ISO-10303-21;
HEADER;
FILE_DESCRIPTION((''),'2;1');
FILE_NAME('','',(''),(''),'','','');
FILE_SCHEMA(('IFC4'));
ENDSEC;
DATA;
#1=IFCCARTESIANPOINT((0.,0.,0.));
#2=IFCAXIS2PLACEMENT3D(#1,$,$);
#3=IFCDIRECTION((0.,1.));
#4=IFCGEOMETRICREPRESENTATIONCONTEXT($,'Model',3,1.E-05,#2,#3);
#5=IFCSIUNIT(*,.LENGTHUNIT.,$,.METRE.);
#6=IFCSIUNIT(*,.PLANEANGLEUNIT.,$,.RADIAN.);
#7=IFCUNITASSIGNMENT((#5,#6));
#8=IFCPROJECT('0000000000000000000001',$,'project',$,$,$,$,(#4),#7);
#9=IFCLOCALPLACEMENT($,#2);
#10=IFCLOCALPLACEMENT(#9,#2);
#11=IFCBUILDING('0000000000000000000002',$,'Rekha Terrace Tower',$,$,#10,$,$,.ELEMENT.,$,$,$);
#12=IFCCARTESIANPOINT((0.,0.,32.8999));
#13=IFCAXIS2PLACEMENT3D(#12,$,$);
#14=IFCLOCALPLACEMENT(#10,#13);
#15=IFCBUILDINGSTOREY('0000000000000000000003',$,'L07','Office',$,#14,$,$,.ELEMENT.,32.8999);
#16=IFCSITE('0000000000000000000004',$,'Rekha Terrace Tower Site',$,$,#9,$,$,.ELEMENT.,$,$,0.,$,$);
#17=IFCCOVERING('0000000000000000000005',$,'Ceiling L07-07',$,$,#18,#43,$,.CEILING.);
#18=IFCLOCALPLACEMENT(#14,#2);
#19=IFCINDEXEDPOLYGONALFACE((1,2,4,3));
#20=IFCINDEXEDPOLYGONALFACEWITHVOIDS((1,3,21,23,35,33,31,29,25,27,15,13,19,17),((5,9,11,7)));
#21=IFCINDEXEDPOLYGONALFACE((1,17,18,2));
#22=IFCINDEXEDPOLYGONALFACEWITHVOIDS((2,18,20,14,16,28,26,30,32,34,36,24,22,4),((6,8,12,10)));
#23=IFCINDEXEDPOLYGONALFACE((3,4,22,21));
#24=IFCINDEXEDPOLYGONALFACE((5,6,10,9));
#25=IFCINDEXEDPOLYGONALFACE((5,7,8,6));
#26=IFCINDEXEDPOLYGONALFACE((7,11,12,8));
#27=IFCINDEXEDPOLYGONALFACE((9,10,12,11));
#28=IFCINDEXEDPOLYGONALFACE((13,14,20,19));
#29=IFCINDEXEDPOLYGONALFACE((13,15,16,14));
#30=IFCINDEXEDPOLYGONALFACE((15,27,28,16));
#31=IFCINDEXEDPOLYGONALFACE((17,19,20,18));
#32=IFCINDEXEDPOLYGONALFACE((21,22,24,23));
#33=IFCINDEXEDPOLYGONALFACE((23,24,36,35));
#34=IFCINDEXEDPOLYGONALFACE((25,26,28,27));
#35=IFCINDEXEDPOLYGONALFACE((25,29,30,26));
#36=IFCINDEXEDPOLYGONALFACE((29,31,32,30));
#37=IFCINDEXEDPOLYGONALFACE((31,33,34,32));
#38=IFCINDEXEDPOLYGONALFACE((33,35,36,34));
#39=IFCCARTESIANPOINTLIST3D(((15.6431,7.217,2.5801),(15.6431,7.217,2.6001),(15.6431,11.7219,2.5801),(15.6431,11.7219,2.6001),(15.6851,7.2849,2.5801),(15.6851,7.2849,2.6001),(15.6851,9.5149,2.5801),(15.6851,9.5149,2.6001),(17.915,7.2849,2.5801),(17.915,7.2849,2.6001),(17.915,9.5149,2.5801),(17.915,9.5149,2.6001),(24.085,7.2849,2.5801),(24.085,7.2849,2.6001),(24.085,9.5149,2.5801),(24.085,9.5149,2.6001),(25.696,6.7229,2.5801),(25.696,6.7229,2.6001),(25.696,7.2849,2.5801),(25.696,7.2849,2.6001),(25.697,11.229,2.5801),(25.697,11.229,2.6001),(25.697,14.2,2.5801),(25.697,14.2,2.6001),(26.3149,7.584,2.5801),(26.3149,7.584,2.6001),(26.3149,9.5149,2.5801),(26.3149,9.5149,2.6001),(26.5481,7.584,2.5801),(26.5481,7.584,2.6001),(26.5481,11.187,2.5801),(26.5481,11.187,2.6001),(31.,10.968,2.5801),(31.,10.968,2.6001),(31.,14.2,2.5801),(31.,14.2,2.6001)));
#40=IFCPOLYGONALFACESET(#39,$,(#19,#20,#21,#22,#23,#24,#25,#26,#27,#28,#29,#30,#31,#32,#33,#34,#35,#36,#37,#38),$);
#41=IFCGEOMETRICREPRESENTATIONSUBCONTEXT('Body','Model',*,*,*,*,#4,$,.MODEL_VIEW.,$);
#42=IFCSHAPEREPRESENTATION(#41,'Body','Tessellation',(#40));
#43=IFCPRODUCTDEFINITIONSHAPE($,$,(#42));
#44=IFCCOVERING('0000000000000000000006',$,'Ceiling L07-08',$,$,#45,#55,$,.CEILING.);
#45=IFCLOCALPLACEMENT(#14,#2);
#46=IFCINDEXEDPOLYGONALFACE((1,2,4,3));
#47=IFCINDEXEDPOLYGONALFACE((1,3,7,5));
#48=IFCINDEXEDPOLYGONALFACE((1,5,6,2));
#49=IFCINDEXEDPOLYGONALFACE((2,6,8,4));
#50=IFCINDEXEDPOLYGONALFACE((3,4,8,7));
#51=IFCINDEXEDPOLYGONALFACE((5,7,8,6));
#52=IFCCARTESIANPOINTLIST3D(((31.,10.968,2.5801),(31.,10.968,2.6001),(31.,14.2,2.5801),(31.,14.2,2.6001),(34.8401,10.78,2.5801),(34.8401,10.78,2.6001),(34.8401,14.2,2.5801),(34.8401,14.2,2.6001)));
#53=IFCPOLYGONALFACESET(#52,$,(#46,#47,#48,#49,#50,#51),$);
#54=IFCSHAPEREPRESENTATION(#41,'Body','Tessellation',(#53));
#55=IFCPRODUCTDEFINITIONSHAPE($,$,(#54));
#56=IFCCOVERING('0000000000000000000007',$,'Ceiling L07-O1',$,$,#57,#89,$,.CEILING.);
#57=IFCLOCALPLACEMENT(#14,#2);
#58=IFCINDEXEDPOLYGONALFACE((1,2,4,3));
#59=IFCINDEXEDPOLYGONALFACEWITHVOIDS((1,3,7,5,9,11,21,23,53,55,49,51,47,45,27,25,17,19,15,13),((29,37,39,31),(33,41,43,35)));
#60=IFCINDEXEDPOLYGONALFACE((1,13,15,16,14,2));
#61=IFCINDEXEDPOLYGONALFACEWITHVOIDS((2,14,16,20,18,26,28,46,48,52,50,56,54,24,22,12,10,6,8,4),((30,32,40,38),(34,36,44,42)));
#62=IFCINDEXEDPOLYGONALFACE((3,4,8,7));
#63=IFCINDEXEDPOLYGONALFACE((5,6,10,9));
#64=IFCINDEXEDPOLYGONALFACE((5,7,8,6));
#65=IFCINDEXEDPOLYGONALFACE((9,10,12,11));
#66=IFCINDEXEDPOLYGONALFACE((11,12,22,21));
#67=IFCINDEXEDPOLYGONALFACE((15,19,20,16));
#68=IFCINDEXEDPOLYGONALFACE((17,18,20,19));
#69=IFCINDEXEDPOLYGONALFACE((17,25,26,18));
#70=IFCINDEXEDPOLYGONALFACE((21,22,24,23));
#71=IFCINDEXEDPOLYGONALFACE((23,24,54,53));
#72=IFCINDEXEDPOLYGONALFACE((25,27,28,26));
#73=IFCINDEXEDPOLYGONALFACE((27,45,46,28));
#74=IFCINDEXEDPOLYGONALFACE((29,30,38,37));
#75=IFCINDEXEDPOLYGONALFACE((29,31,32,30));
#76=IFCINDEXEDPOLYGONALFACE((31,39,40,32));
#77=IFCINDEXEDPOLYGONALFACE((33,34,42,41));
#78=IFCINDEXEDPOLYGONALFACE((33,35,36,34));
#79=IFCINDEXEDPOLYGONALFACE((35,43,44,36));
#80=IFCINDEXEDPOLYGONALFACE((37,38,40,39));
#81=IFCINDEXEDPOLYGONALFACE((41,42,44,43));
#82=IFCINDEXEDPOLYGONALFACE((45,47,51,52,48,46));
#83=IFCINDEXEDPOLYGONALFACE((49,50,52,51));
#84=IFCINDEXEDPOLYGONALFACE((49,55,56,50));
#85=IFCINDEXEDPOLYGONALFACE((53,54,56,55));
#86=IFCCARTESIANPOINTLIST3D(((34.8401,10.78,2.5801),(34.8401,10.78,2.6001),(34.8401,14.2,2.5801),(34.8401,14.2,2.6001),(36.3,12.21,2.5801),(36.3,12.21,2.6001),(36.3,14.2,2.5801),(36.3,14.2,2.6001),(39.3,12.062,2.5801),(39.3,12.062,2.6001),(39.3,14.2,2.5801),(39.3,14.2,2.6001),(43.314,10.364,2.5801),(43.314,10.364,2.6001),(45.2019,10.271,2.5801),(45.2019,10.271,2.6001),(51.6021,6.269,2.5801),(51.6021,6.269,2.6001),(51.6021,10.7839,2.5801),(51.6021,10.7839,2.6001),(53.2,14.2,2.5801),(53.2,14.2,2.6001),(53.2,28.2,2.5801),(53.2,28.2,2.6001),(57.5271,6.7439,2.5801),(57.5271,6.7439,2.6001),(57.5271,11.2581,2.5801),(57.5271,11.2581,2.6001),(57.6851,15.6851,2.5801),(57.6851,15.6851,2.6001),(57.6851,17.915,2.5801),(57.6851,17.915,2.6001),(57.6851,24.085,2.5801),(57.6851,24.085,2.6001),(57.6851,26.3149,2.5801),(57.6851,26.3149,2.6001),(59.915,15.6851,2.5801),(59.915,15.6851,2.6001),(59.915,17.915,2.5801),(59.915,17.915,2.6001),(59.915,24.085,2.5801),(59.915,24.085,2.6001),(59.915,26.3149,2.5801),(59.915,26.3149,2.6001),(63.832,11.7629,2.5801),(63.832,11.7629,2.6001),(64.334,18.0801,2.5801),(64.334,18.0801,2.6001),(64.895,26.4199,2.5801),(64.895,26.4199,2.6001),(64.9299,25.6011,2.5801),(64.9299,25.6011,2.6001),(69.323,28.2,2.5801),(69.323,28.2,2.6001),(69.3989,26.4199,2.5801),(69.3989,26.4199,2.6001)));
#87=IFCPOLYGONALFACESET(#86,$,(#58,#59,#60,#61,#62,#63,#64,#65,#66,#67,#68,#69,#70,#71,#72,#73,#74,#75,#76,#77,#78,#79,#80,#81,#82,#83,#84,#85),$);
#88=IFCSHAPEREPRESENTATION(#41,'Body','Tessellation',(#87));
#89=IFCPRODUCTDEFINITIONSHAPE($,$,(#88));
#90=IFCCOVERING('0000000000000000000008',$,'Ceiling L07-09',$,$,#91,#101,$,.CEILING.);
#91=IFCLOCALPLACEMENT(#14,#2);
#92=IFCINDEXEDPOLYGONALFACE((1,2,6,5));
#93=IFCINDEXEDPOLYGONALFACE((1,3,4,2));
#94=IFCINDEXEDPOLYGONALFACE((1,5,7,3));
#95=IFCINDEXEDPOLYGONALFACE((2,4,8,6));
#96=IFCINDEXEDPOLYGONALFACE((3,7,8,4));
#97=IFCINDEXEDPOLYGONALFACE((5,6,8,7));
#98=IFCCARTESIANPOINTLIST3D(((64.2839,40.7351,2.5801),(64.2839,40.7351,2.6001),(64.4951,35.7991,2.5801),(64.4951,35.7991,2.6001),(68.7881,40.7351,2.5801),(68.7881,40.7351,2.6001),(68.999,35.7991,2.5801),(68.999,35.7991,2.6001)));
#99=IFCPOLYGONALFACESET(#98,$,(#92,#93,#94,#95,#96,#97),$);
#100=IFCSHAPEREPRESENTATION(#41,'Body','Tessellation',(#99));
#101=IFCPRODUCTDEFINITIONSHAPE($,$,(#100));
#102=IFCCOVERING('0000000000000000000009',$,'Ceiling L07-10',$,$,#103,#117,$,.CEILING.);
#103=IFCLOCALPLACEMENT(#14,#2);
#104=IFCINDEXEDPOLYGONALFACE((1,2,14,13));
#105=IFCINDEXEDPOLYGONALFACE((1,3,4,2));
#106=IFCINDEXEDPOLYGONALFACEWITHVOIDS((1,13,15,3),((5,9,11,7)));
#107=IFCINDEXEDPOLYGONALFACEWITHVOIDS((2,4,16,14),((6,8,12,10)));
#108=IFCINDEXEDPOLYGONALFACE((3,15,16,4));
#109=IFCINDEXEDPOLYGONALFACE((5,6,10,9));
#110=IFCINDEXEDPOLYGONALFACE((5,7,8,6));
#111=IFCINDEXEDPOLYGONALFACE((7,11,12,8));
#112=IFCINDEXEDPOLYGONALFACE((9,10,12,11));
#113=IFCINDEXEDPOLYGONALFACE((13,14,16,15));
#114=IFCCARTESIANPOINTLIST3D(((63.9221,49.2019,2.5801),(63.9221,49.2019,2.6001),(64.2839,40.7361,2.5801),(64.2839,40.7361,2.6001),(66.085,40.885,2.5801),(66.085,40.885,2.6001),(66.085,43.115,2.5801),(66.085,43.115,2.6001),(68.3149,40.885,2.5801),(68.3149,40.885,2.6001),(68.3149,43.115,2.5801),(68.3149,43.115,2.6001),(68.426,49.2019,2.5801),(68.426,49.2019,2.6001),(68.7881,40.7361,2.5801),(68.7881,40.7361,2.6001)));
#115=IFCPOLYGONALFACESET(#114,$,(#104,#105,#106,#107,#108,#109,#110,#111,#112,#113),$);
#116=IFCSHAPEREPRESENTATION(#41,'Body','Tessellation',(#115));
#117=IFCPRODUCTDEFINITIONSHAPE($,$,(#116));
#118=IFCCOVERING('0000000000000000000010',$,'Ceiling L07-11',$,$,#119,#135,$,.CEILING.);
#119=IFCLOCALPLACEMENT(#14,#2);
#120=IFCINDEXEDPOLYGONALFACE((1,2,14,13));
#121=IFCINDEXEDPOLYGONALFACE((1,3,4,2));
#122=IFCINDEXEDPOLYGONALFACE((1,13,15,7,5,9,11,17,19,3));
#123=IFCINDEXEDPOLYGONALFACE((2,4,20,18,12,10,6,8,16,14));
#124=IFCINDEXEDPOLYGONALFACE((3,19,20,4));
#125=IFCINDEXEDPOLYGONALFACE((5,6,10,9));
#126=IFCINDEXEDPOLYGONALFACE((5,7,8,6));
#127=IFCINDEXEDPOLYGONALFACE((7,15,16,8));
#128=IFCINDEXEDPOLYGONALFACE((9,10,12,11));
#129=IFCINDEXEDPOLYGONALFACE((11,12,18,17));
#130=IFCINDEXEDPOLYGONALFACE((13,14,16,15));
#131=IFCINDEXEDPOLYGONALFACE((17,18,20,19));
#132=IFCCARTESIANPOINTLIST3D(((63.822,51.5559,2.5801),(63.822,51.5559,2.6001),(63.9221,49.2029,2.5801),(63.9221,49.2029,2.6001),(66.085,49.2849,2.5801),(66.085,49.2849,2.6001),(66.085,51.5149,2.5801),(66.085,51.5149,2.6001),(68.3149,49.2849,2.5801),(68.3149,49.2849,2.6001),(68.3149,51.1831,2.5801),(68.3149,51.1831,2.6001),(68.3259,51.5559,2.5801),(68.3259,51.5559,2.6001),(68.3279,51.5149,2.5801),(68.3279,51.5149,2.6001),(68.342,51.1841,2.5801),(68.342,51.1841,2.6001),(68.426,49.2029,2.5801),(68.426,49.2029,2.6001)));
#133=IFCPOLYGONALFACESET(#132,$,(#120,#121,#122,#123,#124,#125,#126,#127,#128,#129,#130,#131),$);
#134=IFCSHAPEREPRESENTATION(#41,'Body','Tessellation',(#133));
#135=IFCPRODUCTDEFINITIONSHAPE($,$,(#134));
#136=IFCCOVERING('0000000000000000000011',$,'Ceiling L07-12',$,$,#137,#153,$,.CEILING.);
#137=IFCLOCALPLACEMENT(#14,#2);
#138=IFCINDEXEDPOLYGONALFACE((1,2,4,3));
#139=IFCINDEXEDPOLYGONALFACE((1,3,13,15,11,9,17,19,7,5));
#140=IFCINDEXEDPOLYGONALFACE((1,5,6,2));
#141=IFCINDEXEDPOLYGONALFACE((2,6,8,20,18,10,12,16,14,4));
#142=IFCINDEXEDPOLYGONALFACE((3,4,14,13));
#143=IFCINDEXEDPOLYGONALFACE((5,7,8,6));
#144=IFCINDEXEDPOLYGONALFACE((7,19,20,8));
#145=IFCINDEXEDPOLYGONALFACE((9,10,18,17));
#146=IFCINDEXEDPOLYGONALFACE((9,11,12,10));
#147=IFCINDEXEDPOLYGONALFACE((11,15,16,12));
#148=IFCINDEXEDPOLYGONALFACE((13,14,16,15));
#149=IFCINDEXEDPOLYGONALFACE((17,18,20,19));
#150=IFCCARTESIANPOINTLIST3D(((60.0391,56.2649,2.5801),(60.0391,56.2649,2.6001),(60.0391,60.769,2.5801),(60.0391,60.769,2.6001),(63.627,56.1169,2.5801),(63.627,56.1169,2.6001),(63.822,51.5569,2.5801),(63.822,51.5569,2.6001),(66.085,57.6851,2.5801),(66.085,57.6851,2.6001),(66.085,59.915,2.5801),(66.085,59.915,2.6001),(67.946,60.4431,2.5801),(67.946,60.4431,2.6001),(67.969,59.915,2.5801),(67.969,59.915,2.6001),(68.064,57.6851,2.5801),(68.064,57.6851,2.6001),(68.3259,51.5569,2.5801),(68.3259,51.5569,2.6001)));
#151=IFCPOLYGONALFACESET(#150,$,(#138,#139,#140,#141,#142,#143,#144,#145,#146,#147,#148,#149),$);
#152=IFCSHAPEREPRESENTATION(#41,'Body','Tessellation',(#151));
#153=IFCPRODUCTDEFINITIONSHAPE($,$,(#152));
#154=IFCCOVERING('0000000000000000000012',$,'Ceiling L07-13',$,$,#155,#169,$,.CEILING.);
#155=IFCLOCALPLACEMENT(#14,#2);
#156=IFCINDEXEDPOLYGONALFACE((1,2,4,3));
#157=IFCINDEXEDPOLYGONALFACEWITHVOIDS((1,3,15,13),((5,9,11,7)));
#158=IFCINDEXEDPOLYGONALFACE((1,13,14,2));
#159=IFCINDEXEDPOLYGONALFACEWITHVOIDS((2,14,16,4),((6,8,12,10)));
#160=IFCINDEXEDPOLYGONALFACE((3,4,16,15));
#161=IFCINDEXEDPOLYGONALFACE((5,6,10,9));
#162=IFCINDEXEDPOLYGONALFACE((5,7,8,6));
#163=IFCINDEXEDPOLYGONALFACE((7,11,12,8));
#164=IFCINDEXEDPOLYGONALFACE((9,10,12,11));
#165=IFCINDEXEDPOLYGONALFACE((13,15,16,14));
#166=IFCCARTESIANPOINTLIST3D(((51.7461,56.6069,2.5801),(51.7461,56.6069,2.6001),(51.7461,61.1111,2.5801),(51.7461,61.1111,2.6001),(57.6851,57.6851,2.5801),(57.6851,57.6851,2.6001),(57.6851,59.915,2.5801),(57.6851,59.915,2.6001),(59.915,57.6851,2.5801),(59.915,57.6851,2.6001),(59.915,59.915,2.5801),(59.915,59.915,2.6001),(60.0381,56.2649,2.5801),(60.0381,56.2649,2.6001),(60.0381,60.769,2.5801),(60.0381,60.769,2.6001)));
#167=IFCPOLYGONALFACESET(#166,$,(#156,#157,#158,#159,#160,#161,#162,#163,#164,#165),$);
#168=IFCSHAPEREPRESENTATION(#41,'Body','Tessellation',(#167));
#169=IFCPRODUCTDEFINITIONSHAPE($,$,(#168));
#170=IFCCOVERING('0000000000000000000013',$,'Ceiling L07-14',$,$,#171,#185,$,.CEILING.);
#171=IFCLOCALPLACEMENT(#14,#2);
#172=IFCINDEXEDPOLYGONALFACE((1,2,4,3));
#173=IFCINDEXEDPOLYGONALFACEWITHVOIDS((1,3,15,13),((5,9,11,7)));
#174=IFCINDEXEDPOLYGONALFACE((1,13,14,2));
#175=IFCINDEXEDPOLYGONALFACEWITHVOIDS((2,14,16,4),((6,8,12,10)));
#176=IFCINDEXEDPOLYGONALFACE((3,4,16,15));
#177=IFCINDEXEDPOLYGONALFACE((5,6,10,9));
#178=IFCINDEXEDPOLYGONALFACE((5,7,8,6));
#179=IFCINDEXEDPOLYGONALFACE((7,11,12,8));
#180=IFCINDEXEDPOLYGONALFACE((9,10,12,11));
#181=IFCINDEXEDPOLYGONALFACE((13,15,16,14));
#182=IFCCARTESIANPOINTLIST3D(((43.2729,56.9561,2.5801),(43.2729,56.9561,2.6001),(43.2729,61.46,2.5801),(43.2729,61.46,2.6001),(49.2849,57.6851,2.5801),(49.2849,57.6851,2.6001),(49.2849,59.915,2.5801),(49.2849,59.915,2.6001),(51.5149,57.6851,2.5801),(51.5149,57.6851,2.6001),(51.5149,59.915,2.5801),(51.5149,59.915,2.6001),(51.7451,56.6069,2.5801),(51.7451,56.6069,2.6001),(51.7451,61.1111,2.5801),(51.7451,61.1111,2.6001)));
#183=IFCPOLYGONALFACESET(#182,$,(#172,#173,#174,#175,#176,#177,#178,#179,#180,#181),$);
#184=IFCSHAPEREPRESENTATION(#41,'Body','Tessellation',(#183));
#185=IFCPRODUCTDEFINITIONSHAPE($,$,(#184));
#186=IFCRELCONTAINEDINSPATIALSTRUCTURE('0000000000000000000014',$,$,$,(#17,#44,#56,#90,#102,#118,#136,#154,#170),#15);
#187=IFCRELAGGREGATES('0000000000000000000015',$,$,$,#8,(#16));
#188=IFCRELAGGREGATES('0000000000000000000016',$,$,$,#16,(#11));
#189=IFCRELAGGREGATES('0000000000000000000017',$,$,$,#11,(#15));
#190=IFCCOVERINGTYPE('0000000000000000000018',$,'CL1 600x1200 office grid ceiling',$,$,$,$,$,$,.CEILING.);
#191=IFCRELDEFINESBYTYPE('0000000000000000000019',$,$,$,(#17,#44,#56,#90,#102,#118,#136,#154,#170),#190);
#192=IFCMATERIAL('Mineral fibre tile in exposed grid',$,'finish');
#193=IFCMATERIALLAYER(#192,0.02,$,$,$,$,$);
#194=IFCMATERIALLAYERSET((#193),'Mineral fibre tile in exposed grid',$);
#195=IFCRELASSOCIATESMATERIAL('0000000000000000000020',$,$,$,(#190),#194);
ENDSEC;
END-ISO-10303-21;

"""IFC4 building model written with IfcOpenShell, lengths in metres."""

from ifc_helpers import new_model, si_unit, direction, frame, origin, place, context, subcontext, project, spatial, polyline, outline, extrude, material, layer, layer_set, type_object, element, save


model = new_model("IFC4")

# Units and contexts
model_context = context("Model", 3, precision=1e-05, world=origin(), true_north=direction((0.0, 1.0)))
body_context = subcontext(model_context, "Body", "Model", "MODEL_VIEW")
ifc_project = project(units=[si_unit("LENGTHUNIT", "METRE"), si_unit("PLANEANGLEUNIT", "RADIAN")], contexts=[model_context])

# Site, building, storey
site_placement = place(None, origin())
site = spatial("IfcSite", under=ifc_project, at=site_placement, Name="Rekha Terrace Tower Site", CompositionType="ELEMENT", RefElevation=0.0)
building_placement = place(site_placement, origin())
building = spatial("IfcBuilding", under=site, at=building_placement, Name="Rekha Terrace Tower", CompositionType="ELEMENT")
storey_placement = place(building_placement, frame((0.0, 0.0, 32.8999)))
storey = spatial("IfcBuildingStorey", under=building, at=storey_placement, Name="L07", Description="Office", CompositionType="ELEMENT", Elevation=32.8999)

# Coverings
ifc_material_1 = material(Name="Mineral fibre tile in exposed grid", Category="finish")
ifc_layer_1 = layer(ifc_material_1, 0.02)
ifc_layer_set_1 = layer_set([ifc_layer_1], Name="Mineral fibre tile in exposed grid")
covering_type_1 = type_object("IfcCoveringType", Name="CL1 600x1200 office grid ceiling", PredefinedType="CEILING", material=ifc_layer_set_1)
covering_1_placement = place(storey_placement, frame((0.0, 0.0, 2.5801)))
element("IfcCovering", 1, at=covering_1_placement, inside=storey, type_object=covering_type_1, Name="Ceiling L07-07", PredefinedType="CEILING", context=body_context, shape_type="SweptSolid", body=[
    extrude(outline(polyline([(25.697, 14.2), (25.697, 11.229), (15.6431, 11.7219), (15.6431, 7.217), (25.696, 6.7229), (25.696, 7.2849), (24.085, 7.2849), (24.085, 9.5149), (26.3149, 9.5149), (26.3149, 7.584), (26.5481, 7.584), (26.5481, 11.187), (31.0, 10.968), (31.0, 14.2), (25.697, 14.2)]), holes=[polyline([(17.915, 7.2849), (15.6851, 7.2849), (15.6851, 9.5149), (17.915, 9.5149), (17.915, 7.2849)])]), origin(), (0.0, 0.0, 1.0), 0.02),
])
covering_2_placement = place(storey_placement, frame((0.0, 0.0, 2.5801)))
element("IfcCovering", 2, at=covering_2_placement, inside=storey, type_object=covering_type_1, Name="Ceiling L07-08", PredefinedType="CEILING", context=body_context, shape_type="SweptSolid", body=[
    extrude(outline(polyline([(34.8401, 10.78), (34.8401, 14.2), (31.0, 14.2), (31.0, 10.968), (34.8401, 10.78)])), origin(), (0.0, 0.0, 1.0), 0.02),
])
covering_3_placement = place(storey_placement, frame((0.0, 0.0, 2.5801)))
element("IfcCovering", 3, at=covering_3_placement, inside=storey, type_object=covering_type_1, Name="Ceiling L07-O1", PredefinedType="CEILING", context=body_context, shape_type="SweptSolid", body=[
    extrude(outline(polyline([(34.8401, 14.2), (34.8401, 10.78), (43.314, 10.364), (45.2019, 10.271), (51.6021, 10.7839), (51.6021, 6.269), (57.5271, 6.7439), (57.5271, 11.2581), (63.832, 11.7629), (64.334, 18.0801), (64.9299, 25.6011), (64.895, 26.4199), (69.3989, 26.4199), (69.323, 28.2), (53.2, 28.2), (53.2, 14.2), (39.3, 14.2), (39.3, 12.062), (36.3, 12.21), (36.3, 14.2), (34.8401, 14.2)]), holes=[polyline([(59.915, 17.915), (59.915, 15.6851), (57.6851, 15.6851), (57.6851, 17.915), (59.915, 17.915)]), polyline([(59.915, 24.085), (57.6851, 24.085), (57.6851, 26.3149), (59.915, 26.3149), (59.915, 24.085)])]), origin(), (0.0, 0.0, 1.0), 0.02),
])
covering_4_placement = place(storey_placement, frame((0.0, 0.0, 2.5801)))
element("IfcCovering", 4, at=covering_4_placement, inside=storey, type_object=covering_type_1, Name="Ceiling L07-09", PredefinedType="CEILING", context=body_context, shape_type="SweptSolid", body=[
    extrude(outline(polyline([(68.7881, 40.7351), (64.2839, 40.7351), (64.4951, 35.7991), (68.999, 35.7991), (68.7881, 40.7351)])), origin(), (0.0, 0.0, 1.0), 0.02),
])
covering_5_placement = place(storey_placement, frame((0.0, 0.0, 2.5801)))
element("IfcCovering", 5, at=covering_5_placement, inside=storey, type_object=covering_type_1, Name="Ceiling L07-10", PredefinedType="CEILING", context=body_context, shape_type="SweptSolid", body=[
    extrude(outline(polyline([(68.426, 49.2019), (63.9221, 49.2019), (64.2839, 40.7361), (68.7881, 40.7361), (68.426, 49.2019)]), holes=[polyline([(68.3149, 40.885), (66.085, 40.885), (66.085, 43.115), (68.3149, 43.115), (68.3149, 40.885)])]), origin(), (0.0, 0.0, 1.0), 0.02),
])
covering_6_placement = place(storey_placement, frame((0.0, 0.0, 2.5801)))
element("IfcCovering", 6, at=covering_6_placement, inside=storey, type_object=covering_type_1, Name="Ceiling L07-11", PredefinedType="CEILING", context=body_context, shape_type="SweptSolid", body=[
    extrude(outline(polyline([(68.3259, 51.5559), (63.822, 51.5559), (63.9221, 49.2029), (68.426, 49.2029), (68.342, 51.1841), (68.3149, 51.1831), (68.3149, 49.2849), (66.085, 49.2849), (66.085, 51.5149), (68.3279, 51.5149), (68.3259, 51.5559)])), origin(), (0.0, 0.0, 1.0), 0.02),
])
covering_7_placement = place(storey_placement, frame((0.0, 0.0, 2.5801)))
element("IfcCovering", 7, at=covering_7_placement, inside=storey, type_object=covering_type_1, Name="Ceiling L07-12", PredefinedType="CEILING", context=body_context, shape_type="SweptSolid", body=[
    extrude(outline(polyline([(60.0391, 56.2649), (63.627, 56.1169), (63.822, 51.5569), (68.3259, 51.5569), (68.064, 57.6851), (66.085, 57.6851), (66.085, 59.915), (67.969, 59.915), (67.946, 60.4431), (60.0391, 60.769), (60.0391, 56.2649)])), origin(), (0.0, 0.0, 1.0), 0.02),
])
covering_8_placement = place(storey_placement, frame((0.0, 0.0, 2.5801)))
element("IfcCovering", 8, at=covering_8_placement, inside=storey, type_object=covering_type_1, Name="Ceiling L07-13", PredefinedType="CEILING", context=body_context, shape_type="SweptSolid", body=[
    extrude(outline(polyline([(60.0381, 56.2649), (60.0381, 60.769), (51.7461, 61.1111), (51.7461, 56.6069), (60.0381, 56.2649)]), holes=[polyline([(59.915, 57.6851), (57.6851, 57.6851), (57.6851, 59.915), (59.915, 59.915), (59.915, 57.6851)])]), origin(), (0.0, 0.0, 1.0), 0.02),
])
covering_9_placement = place(storey_placement, frame((0.0, 0.0, 2.5801)))
element("IfcCovering", 9, at=covering_9_placement, inside=storey, type_object=covering_type_1, Name="Ceiling L07-14", PredefinedType="CEILING", context=body_context, shape_type="SweptSolid", body=[
    extrude(outline(polyline([(51.7451, 56.6069), (51.7451, 61.1111), (43.2729, 61.46), (43.2729, 56.9561), (51.7451, 56.6069)]), holes=[polyline([(51.5149, 57.6851), (49.2849, 57.6851), (49.2849, 59.915), (51.5149, 59.915), (51.5149, 57.6851)])]), origin(), (0.0, 0.0, 1.0), 0.02),
])

save(model, "model.ifc")
